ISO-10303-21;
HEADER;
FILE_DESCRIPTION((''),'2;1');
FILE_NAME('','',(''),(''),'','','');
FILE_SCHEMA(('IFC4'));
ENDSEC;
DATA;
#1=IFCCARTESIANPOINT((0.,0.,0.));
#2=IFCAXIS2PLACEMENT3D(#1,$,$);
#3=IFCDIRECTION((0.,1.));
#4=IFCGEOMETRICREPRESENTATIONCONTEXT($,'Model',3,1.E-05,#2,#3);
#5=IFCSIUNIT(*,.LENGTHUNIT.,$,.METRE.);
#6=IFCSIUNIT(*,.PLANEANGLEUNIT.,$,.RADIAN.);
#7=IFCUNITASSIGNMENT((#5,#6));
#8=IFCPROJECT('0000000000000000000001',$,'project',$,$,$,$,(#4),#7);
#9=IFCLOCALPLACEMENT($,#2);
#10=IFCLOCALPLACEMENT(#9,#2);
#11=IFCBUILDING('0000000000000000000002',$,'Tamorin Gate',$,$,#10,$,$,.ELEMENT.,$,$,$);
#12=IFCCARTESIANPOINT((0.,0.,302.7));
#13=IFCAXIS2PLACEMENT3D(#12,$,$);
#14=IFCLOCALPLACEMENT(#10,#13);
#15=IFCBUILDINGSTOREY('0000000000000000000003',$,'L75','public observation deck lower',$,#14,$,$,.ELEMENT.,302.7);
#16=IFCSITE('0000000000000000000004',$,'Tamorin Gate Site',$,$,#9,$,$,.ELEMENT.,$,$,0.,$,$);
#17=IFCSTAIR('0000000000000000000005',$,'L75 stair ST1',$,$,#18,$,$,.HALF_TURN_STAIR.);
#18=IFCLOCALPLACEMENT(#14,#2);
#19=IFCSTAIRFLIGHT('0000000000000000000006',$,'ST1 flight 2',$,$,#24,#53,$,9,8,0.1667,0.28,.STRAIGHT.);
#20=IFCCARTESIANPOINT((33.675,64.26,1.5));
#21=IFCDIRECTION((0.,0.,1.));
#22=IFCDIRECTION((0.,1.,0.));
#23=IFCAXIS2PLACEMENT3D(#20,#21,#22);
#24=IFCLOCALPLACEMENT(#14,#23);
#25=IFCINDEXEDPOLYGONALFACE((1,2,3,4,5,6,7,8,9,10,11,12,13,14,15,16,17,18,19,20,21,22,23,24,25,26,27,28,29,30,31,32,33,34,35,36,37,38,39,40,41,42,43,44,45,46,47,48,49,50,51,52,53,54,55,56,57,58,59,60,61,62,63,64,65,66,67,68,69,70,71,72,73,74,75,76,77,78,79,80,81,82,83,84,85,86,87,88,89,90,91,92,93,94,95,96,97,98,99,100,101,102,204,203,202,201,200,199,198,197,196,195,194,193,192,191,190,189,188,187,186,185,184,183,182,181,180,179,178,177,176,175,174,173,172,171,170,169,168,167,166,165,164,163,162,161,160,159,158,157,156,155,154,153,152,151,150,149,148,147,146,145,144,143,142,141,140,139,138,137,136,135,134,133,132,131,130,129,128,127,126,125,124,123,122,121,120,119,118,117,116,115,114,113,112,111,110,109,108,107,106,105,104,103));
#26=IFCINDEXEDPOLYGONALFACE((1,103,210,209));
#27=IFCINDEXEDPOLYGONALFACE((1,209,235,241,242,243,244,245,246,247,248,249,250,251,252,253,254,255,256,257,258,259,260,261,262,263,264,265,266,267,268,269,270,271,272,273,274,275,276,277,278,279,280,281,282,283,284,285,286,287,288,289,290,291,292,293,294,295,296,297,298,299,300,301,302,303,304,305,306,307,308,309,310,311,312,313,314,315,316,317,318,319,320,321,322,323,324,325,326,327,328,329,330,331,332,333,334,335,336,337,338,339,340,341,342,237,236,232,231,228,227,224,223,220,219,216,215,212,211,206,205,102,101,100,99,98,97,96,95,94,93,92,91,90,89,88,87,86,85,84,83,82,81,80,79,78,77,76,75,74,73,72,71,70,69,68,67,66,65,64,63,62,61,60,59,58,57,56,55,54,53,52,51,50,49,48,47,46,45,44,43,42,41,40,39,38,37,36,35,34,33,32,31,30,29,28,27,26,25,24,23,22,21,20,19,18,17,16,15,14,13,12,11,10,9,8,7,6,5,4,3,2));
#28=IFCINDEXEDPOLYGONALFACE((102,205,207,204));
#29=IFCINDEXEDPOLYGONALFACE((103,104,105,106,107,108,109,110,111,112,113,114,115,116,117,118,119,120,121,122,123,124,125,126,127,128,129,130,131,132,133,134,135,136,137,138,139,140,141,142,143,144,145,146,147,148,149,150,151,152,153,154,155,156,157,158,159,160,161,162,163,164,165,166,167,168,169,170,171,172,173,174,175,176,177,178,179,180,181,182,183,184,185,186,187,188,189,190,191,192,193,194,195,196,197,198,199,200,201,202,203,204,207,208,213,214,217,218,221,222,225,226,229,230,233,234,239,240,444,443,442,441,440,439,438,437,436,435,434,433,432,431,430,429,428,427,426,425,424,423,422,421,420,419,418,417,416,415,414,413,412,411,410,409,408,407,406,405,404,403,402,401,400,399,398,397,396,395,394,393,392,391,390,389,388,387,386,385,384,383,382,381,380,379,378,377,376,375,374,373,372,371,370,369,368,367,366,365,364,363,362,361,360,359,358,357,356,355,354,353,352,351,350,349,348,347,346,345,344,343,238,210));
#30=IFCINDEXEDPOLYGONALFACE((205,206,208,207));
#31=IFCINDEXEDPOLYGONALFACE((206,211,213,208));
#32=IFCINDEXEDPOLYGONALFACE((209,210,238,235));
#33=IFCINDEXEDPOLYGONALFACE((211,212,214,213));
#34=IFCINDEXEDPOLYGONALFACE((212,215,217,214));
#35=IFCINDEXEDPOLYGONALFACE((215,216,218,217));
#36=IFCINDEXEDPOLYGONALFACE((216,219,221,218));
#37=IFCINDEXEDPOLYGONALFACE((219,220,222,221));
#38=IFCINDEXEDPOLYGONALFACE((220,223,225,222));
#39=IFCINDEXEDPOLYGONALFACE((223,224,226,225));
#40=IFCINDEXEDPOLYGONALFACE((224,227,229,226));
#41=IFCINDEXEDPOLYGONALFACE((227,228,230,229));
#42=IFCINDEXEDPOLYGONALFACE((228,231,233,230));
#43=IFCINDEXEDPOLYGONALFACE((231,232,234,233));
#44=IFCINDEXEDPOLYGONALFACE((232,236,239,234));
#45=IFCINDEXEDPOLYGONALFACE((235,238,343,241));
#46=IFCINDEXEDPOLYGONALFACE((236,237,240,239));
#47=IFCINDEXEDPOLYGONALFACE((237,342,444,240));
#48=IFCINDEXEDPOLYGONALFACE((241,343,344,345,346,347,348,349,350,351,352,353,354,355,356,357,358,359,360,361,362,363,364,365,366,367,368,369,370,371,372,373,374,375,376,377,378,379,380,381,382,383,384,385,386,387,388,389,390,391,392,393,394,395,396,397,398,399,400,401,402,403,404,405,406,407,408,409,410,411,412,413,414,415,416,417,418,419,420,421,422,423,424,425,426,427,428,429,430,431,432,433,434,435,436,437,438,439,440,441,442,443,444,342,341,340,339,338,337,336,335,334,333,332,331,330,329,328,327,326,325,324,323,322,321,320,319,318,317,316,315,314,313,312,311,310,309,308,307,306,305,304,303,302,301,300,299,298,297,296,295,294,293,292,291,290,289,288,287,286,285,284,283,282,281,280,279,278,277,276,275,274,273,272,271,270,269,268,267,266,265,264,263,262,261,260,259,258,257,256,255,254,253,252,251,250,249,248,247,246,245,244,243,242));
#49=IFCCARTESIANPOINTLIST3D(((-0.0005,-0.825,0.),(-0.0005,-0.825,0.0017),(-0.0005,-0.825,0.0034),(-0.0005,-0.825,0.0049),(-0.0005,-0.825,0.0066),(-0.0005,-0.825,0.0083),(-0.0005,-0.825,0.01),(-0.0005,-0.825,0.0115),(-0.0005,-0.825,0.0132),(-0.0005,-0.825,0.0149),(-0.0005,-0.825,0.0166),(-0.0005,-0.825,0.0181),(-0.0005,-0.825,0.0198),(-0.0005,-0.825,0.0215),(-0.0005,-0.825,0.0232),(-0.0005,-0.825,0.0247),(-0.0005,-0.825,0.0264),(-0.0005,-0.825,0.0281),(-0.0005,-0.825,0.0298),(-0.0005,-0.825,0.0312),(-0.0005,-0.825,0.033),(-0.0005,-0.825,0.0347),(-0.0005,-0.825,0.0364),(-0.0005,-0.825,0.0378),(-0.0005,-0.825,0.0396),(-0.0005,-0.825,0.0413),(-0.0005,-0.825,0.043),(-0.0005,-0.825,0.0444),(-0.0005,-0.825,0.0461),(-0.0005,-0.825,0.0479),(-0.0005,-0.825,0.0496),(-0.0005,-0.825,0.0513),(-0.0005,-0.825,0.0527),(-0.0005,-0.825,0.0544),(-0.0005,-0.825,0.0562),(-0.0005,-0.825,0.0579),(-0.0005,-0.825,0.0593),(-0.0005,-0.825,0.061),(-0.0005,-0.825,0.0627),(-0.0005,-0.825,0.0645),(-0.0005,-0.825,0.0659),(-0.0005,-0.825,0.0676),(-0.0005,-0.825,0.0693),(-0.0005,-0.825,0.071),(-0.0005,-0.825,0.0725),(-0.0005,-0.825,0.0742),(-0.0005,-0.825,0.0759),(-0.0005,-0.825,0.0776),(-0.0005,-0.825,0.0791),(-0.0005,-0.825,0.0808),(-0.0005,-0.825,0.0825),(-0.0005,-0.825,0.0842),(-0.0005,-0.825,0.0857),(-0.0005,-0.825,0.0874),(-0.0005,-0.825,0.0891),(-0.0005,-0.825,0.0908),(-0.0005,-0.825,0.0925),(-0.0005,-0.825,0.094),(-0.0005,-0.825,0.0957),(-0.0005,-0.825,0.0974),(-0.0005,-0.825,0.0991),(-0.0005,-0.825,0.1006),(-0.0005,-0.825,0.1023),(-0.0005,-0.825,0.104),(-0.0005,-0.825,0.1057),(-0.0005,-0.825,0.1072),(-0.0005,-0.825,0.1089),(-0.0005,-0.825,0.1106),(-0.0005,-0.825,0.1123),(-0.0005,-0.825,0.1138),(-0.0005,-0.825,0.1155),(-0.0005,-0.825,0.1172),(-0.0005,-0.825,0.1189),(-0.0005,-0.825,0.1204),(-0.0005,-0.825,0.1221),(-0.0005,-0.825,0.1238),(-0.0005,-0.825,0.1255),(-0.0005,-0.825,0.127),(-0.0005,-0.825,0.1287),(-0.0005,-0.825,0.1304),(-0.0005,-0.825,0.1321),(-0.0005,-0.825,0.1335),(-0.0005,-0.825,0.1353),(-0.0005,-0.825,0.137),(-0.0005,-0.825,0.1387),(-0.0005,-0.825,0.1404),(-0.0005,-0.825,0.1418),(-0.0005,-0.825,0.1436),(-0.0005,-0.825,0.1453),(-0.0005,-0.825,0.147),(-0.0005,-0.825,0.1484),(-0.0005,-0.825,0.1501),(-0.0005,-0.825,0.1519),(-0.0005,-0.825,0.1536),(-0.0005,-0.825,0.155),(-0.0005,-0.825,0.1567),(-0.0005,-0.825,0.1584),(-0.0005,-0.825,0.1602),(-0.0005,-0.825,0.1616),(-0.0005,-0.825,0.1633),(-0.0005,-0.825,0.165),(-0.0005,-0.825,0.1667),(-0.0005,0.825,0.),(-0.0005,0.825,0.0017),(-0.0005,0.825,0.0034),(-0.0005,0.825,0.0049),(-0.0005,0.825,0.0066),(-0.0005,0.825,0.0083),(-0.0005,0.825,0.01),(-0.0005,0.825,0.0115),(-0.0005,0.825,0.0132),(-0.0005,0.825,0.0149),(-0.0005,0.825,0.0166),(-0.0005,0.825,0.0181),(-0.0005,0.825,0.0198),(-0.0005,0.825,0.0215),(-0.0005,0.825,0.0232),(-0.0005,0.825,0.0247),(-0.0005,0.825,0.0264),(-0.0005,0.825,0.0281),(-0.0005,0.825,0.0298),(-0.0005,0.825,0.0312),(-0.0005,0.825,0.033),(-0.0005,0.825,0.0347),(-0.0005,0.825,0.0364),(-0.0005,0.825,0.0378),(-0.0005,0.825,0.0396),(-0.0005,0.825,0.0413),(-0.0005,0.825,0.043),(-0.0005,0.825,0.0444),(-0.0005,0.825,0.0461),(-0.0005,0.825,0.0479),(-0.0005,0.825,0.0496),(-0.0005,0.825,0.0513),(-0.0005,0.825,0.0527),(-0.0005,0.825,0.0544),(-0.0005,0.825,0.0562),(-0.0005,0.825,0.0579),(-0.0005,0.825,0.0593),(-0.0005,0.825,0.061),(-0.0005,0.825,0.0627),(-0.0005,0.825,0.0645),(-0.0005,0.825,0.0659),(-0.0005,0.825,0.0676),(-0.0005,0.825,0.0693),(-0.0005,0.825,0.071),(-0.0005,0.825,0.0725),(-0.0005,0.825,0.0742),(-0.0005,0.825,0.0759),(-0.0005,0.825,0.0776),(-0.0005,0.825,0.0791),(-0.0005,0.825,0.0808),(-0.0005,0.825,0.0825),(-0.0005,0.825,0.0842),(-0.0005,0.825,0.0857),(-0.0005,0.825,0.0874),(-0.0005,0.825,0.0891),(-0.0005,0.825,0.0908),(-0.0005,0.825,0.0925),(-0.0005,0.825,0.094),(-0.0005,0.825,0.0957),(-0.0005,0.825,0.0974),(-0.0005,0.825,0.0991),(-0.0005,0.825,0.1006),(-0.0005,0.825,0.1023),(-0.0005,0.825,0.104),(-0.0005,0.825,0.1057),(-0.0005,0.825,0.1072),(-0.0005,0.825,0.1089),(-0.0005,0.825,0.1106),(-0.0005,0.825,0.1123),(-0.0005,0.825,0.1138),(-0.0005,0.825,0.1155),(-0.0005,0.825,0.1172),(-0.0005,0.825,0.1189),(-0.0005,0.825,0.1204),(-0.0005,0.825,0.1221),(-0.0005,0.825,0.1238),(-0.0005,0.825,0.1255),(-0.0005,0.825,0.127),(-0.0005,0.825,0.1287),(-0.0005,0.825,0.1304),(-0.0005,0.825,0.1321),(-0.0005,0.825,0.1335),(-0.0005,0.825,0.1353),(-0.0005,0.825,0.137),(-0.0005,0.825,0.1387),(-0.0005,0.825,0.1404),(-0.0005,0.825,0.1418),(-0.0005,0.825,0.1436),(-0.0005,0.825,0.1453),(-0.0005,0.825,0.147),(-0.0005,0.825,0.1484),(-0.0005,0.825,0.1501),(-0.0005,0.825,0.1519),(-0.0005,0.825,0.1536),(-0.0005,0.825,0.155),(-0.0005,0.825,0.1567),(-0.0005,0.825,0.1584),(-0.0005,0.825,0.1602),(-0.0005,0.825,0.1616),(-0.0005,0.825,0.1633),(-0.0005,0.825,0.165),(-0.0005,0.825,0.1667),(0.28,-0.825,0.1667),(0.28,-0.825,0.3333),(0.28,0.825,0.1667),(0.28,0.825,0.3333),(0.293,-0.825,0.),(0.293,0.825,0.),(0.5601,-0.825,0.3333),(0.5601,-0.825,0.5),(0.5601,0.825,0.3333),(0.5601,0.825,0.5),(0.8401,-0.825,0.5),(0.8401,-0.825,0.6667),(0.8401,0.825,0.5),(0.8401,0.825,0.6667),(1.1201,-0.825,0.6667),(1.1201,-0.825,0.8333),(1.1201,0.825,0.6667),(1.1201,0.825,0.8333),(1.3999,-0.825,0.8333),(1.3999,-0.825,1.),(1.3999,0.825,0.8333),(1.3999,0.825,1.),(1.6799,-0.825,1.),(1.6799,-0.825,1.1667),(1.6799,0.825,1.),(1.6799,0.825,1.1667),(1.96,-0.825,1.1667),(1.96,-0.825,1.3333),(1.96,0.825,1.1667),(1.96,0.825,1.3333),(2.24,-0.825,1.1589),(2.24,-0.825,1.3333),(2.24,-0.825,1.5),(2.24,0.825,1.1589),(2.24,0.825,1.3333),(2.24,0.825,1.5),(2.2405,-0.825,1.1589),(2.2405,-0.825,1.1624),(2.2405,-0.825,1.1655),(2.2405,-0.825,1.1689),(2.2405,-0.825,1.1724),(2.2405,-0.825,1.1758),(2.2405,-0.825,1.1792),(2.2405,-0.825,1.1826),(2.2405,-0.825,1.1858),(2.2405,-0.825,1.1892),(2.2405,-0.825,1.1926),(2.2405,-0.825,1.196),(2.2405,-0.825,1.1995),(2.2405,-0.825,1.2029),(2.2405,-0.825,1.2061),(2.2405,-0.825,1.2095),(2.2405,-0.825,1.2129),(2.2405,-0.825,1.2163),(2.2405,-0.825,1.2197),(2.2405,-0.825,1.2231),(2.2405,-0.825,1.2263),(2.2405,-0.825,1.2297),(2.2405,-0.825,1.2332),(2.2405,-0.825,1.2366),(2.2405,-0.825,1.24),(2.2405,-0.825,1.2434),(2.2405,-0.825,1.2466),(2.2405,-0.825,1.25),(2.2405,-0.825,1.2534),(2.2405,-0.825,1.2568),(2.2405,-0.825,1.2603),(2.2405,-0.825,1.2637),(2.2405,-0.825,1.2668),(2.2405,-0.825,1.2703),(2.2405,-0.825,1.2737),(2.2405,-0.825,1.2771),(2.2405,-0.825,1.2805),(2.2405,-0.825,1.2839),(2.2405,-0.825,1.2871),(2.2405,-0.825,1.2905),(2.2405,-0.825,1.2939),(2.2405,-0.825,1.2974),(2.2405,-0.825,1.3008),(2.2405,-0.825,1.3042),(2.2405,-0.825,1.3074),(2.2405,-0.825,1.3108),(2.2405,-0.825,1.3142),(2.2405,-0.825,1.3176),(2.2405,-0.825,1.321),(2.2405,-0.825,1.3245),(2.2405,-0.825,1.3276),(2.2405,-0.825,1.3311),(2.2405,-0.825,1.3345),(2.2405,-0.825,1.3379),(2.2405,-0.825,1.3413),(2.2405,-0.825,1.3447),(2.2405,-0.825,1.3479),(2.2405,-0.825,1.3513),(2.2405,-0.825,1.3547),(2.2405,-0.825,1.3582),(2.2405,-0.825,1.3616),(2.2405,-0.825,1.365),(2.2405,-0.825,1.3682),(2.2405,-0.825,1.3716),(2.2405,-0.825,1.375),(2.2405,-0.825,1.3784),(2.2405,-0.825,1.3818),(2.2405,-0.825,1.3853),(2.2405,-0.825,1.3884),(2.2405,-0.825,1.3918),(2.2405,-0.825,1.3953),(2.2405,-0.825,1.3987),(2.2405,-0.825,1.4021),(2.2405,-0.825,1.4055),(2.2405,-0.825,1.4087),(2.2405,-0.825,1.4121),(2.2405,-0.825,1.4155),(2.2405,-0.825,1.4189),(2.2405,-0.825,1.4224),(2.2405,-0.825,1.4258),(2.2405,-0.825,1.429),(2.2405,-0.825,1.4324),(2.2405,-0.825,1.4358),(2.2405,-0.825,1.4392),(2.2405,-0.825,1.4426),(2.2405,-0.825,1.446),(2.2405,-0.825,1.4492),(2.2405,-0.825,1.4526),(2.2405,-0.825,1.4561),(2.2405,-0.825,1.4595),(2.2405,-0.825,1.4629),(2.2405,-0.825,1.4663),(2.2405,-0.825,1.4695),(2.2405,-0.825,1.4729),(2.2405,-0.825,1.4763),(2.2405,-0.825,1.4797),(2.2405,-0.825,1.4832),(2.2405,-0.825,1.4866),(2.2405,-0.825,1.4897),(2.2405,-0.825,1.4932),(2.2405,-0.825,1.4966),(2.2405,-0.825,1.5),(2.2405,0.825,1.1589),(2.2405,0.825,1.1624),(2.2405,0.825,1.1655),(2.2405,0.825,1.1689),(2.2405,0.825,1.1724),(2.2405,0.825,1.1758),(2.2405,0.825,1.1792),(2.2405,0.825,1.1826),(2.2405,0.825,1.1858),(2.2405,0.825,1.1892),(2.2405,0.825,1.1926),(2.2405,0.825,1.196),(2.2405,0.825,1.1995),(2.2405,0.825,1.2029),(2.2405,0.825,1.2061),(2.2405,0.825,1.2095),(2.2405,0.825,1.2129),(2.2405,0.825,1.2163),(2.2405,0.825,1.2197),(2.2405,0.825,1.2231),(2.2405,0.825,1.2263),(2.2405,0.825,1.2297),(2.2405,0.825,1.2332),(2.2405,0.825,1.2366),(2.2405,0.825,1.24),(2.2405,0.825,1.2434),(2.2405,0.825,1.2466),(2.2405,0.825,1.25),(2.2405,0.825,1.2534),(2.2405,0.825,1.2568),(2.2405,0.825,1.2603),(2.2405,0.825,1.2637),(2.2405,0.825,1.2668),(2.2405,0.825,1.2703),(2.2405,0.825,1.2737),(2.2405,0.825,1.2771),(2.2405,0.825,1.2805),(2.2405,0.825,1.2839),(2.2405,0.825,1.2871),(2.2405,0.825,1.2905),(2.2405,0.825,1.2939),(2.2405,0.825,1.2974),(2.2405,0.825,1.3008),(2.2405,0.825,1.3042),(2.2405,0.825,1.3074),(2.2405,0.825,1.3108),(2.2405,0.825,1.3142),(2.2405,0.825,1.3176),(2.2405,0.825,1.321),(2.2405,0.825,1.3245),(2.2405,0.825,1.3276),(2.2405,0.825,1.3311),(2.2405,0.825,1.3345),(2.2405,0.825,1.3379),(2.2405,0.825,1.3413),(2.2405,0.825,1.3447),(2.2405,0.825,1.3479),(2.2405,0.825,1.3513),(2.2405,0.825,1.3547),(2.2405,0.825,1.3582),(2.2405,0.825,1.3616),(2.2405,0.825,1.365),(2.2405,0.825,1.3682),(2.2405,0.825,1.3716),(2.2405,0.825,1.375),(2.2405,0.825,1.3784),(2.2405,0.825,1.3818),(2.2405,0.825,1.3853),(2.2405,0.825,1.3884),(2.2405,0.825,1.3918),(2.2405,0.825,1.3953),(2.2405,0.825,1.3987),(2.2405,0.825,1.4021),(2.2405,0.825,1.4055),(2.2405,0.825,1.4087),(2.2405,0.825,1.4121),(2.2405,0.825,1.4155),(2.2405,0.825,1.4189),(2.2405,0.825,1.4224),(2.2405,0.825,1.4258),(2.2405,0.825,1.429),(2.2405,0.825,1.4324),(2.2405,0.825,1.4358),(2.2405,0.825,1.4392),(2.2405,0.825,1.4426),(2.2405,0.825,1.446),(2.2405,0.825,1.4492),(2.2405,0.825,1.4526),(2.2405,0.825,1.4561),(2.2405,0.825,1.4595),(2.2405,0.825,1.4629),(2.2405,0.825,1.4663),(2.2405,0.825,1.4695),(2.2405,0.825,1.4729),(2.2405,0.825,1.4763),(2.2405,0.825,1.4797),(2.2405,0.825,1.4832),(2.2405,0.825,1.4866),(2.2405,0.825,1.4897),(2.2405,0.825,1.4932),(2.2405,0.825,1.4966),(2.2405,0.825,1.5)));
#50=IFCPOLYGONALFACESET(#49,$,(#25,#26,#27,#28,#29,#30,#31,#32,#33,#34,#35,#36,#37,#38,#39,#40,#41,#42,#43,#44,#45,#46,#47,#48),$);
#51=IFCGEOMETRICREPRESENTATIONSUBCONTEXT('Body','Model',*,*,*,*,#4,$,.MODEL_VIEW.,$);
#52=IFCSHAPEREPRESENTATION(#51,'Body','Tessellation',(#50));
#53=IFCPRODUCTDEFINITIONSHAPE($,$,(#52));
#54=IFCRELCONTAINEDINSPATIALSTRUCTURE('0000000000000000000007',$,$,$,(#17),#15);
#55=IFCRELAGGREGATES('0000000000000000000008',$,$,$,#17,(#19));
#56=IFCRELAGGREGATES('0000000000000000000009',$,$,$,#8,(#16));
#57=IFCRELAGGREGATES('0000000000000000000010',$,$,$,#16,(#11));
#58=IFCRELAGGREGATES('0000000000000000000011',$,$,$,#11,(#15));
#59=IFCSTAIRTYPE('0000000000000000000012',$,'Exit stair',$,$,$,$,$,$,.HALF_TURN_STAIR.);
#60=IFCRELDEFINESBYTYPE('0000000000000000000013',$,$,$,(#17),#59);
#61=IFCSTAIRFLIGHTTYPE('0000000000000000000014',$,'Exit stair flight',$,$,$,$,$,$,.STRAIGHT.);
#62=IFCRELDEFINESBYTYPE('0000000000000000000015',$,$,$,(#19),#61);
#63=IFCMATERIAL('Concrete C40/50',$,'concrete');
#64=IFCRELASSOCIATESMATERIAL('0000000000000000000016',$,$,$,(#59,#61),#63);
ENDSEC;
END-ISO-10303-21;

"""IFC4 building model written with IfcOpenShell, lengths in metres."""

from ifc_helpers import new_model, si_unit, direction, frame, origin, place, context, subcontext, project, spatial, polyline, outline, extrude, material, type_object, element, aggregate, save


model = new_model("IFC4")

# Units and contexts
model_context = context("Model", 3, precision=1e-05, world=origin(), true_north=direction((0.0, 1.0)))
body_context = subcontext(model_context, "Body", "Model", "MODEL_VIEW")
ifc_project = project(units=[si_unit("LENGTHUNIT", "METRE"), si_unit("PLANEANGLEUNIT", "RADIAN")], contexts=[model_context])

# Site, building, storey
site_placement = place(None, origin())
site = spatial("IfcSite", under=ifc_project, at=site_placement, Name="Tamorin Gate Site", CompositionType="ELEMENT", RefElevation=0.0)
building_placement = place(site_placement, origin())
building = spatial("IfcBuilding", under=site, at=building_placement, Name="Tamorin Gate", CompositionType="ELEMENT")
storey_placement = place(building_placement, frame((0.0, 0.0, 302.7)))
storey = spatial("IfcBuildingStorey", under=building, at=storey_placement, Name="L75", Description="public observation deck lower", CompositionType="ELEMENT", Elevation=302.7)

# Stair, stair flight
ifc_material_1 = material(Name="Concrete C40/50", Category="concrete")
stair_type = type_object("IfcStairType", Name="Exit stair", PredefinedType="HALF_TURN_STAIR", material=ifc_material_1)
stair_placement = place(storey_placement, origin())
stair = element("IfcStair", 1, at=stair_placement, inside=storey, type_object=stair_type, Name="L75 stair ST1", PredefinedType="HALF_TURN_STAIR")
stair_flight_type = type_object("IfcStairFlightType", Name="Exit stair flight", PredefinedType="STRAIGHT", material=ifc_material_1)
stair_flight_1_placement = place(storey_placement, frame((33.675, 64.26, 1.5), z_axis=(0.0, 0.0, 1.0), x_axis=(0.0, 1.0, 0.0)))
stair_flight_1 = element("IfcStairFlight", 2, at=stair_flight_1_placement, type_object=stair_flight_type, Name="ST1 flight 2", NumberOfRisers=9, NumberOfTreads=8, PredefinedType="STRAIGHT", RiserHeight=0.1667, TreadLength=0.28, context=body_context, shape_type="SweptSolid", body=[
    extrude(outline(polyline([(-0.0005, 0.0), (-0.0005, 0.0017), (-0.0005, 0.0034), (-0.0005, 0.0049), (-0.0005, 0.0066), (-0.0005, 0.0083), (-0.0005, 0.01), (-0.0005, 0.0115), (-0.0005, 0.0132), (-0.0005, 0.0149), (-0.0005, 0.0166), (-0.0005, 0.0181), (-0.0005, 0.0198), (-0.0005, 0.0215), (-0.0005, 0.0232), (-0.0005, 0.0247), (-0.0005, 0.0264), (-0.0005, 0.0281), (-0.0005, 0.0298), (-0.0005, 0.0312), (-0.0005, 0.033), (-0.0005, 0.0347), (-0.0005, 0.0364), (-0.0005, 0.0378), (-0.0005, 0.0396), (-0.0005, 0.0413), (-0.0005, 0.043), (-0.0005, 0.0444), (-0.0005, 0.0461), (-0.0005, 0.0479), (-0.0005, 0.0496), (-0.0005, 0.0513), (-0.0005, 0.0527), (-0.0005, 0.0544), (-0.0005, 0.0562), (-0.0005, 0.0579), (-0.0005, 0.0593), (-0.0005, 0.061), (-0.0005, 0.0627), (-0.0005, 0.0645), (-0.0005, 0.0659), (-0.0005, 0.0676), (-0.0005, 0.0693), (-0.0005, 0.071), (-0.0005, 0.0725), (-0.0005, 0.0742), (-0.0005, 0.0759), (-0.0005, 0.0776), (-0.0005, 0.0791), (-0.0005, 0.0808), (-0.0005, 0.0825), (-0.0005, 0.0842), (-0.0005, 0.0857), (-0.0005, 0.0874), (-0.0005, 0.0891), (-0.0005, 0.0908), (-0.0005, 0.0925), (-0.0005, 0.094), (-0.0005, 0.0957), (-0.0005, 0.0974), (-0.0005, 0.0991), (-0.0005, 0.1006), (-0.0005, 0.1023), (-0.0005, 0.104), (-0.0005, 0.1057), (-0.0005, 0.1072), (-0.0005, 0.1089), (-0.0005, 0.1106), (-0.0005, 0.1123), (-0.0005, 0.1138), (-0.0005, 0.1155), (-0.0005, 0.1172), (-0.0005, 0.1189), (-0.0005, 0.1204), (-0.0005, 0.1221), (-0.0005, 0.1238), (-0.0005, 0.1255), (-0.0005, 0.127), (-0.0005, 0.1287), (-0.0005, 0.1304), (-0.0005, 0.1321), (-0.0005, 0.1335), (-0.0005, 0.1353), (-0.0005, 0.137), (-0.0005, 0.1387), (-0.0005, 0.1404), (-0.0005, 0.1418), (-0.0005, 0.1436), (-0.0005, 0.1453), (-0.0005, 0.147), (-0.0005, 0.1484), (-0.0005, 0.1501), (-0.0005, 0.1519), (-0.0005, 0.1536), (-0.0005, 0.155), (-0.0005, 0.1567), (-0.0005, 0.1584), (-0.0005, 0.1602), (-0.0005, 0.1616), (-0.0005, 0.1633), (-0.0005, 0.165), (-0.0005, 0.1667), (0.28, 0.1667), (0.28, 0.3333), (0.5601, 0.3333), (0.5601, 0.5), (0.8401, 0.5), (0.8401, 0.6667), (1.1201, 0.6667), (1.1201, 0.8333), (1.3999, 0.8333), (1.3999, 1.0), (1.6799, 1.0), (1.6799, 1.1667), (1.96, 1.1667), (1.96, 1.3333), (2.24, 1.3333), (2.24, 1.5), (2.2405, 1.5), (2.2405, 1.4966), (2.2405, 1.4932), (2.2405, 1.4897), (2.2405, 1.4866), (2.2405, 1.4832), (2.2405, 1.4797), (2.2405, 1.4763), (2.2405, 1.4729), (2.2405, 1.4695), (2.2405, 1.4663), (2.2405, 1.4629), (2.2405, 1.4595), (2.2405, 1.4561), (2.2405, 1.4526), (2.2405, 1.4492), (2.2405, 1.446), (2.2405, 1.4426), (2.2405, 1.4392), (2.2405, 1.4358), (2.2405, 1.4324), (2.2405, 1.429), (2.2405, 1.4258), (2.2405, 1.4224), (2.2405, 1.4189), (2.2405, 1.4155), (2.2405, 1.4121), (2.2405, 1.4087), (2.2405, 1.4055), (2.2405, 1.4021), (2.2405, 1.3987), (2.2405, 1.3953), (2.2405, 1.3918), (2.2405, 1.3884), (2.2405, 1.3853), (2.2405, 1.3818), (2.2405, 1.3784), (2.2405, 1.375), (2.2405, 1.3716), (2.2405, 1.3682), (2.2405, 1.365), (2.2405, 1.3616), (2.2405, 1.3582), (2.2405, 1.3547), (2.2405, 1.3513), (2.2405, 1.3479), (2.2405, 1.3447), (2.2405, 1.3413), (2.2405, 1.3379), (2.2405, 1.3345), (2.2405, 1.3311), (2.2405, 1.3276), (2.2405, 1.3245), (2.2405, 1.321), (2.2405, 1.3176), (2.2405, 1.3142), (2.2405, 1.3108), (2.2405, 1.3074), (2.2405, 1.3042), (2.2405, 1.3008), (2.2405, 1.2974), (2.2405, 1.2939), (2.2405, 1.2905), (2.2405, 1.2871), (2.2405, 1.2839), (2.2405, 1.2805), (2.2405, 1.2771), (2.2405, 1.2737), (2.2405, 1.2703), (2.2405, 1.2668), (2.2405, 1.2637), (2.2405, 1.2603), (2.2405, 1.2568), (2.2405, 1.2534), (2.2405, 1.25), (2.2405, 1.2466), (2.2405, 1.2434), (2.2405, 1.24), (2.2405, 1.2366), (2.2405, 1.2332), (2.2405, 1.2297), (2.2405, 1.2263), (2.2405, 1.2231), (2.2405, 1.2197), (2.2405, 1.2163), (2.2405, 1.2129), (2.2405, 1.2095), (2.2405, 1.2061), (2.2405, 1.2029), (2.2405, 1.1995), (2.2405, 1.196), (2.2405, 1.1926), (2.2405, 1.1892), (2.2405, 1.1858), (2.2405, 1.1826), (2.2405, 1.1792), (2.2405, 1.1758), (2.2405, 1.1724), (2.2405, 1.1689), (2.2405, 1.1655), (2.2405, 1.1624), (2.2405, 1.1589), (2.24, 1.1589), (0.293, 0.0), (-0.0005, 0.0)])), frame((0.0, 0.825, 0.0), z_axis=(0.0, -1.0, 0.0), x_axis=(1.0, 0.0, 0.0)), (0.0, 0.0, 1.0), 1.6499),
])
aggregate(stair, [stair_flight_1])

save(model, "model.ifc")
